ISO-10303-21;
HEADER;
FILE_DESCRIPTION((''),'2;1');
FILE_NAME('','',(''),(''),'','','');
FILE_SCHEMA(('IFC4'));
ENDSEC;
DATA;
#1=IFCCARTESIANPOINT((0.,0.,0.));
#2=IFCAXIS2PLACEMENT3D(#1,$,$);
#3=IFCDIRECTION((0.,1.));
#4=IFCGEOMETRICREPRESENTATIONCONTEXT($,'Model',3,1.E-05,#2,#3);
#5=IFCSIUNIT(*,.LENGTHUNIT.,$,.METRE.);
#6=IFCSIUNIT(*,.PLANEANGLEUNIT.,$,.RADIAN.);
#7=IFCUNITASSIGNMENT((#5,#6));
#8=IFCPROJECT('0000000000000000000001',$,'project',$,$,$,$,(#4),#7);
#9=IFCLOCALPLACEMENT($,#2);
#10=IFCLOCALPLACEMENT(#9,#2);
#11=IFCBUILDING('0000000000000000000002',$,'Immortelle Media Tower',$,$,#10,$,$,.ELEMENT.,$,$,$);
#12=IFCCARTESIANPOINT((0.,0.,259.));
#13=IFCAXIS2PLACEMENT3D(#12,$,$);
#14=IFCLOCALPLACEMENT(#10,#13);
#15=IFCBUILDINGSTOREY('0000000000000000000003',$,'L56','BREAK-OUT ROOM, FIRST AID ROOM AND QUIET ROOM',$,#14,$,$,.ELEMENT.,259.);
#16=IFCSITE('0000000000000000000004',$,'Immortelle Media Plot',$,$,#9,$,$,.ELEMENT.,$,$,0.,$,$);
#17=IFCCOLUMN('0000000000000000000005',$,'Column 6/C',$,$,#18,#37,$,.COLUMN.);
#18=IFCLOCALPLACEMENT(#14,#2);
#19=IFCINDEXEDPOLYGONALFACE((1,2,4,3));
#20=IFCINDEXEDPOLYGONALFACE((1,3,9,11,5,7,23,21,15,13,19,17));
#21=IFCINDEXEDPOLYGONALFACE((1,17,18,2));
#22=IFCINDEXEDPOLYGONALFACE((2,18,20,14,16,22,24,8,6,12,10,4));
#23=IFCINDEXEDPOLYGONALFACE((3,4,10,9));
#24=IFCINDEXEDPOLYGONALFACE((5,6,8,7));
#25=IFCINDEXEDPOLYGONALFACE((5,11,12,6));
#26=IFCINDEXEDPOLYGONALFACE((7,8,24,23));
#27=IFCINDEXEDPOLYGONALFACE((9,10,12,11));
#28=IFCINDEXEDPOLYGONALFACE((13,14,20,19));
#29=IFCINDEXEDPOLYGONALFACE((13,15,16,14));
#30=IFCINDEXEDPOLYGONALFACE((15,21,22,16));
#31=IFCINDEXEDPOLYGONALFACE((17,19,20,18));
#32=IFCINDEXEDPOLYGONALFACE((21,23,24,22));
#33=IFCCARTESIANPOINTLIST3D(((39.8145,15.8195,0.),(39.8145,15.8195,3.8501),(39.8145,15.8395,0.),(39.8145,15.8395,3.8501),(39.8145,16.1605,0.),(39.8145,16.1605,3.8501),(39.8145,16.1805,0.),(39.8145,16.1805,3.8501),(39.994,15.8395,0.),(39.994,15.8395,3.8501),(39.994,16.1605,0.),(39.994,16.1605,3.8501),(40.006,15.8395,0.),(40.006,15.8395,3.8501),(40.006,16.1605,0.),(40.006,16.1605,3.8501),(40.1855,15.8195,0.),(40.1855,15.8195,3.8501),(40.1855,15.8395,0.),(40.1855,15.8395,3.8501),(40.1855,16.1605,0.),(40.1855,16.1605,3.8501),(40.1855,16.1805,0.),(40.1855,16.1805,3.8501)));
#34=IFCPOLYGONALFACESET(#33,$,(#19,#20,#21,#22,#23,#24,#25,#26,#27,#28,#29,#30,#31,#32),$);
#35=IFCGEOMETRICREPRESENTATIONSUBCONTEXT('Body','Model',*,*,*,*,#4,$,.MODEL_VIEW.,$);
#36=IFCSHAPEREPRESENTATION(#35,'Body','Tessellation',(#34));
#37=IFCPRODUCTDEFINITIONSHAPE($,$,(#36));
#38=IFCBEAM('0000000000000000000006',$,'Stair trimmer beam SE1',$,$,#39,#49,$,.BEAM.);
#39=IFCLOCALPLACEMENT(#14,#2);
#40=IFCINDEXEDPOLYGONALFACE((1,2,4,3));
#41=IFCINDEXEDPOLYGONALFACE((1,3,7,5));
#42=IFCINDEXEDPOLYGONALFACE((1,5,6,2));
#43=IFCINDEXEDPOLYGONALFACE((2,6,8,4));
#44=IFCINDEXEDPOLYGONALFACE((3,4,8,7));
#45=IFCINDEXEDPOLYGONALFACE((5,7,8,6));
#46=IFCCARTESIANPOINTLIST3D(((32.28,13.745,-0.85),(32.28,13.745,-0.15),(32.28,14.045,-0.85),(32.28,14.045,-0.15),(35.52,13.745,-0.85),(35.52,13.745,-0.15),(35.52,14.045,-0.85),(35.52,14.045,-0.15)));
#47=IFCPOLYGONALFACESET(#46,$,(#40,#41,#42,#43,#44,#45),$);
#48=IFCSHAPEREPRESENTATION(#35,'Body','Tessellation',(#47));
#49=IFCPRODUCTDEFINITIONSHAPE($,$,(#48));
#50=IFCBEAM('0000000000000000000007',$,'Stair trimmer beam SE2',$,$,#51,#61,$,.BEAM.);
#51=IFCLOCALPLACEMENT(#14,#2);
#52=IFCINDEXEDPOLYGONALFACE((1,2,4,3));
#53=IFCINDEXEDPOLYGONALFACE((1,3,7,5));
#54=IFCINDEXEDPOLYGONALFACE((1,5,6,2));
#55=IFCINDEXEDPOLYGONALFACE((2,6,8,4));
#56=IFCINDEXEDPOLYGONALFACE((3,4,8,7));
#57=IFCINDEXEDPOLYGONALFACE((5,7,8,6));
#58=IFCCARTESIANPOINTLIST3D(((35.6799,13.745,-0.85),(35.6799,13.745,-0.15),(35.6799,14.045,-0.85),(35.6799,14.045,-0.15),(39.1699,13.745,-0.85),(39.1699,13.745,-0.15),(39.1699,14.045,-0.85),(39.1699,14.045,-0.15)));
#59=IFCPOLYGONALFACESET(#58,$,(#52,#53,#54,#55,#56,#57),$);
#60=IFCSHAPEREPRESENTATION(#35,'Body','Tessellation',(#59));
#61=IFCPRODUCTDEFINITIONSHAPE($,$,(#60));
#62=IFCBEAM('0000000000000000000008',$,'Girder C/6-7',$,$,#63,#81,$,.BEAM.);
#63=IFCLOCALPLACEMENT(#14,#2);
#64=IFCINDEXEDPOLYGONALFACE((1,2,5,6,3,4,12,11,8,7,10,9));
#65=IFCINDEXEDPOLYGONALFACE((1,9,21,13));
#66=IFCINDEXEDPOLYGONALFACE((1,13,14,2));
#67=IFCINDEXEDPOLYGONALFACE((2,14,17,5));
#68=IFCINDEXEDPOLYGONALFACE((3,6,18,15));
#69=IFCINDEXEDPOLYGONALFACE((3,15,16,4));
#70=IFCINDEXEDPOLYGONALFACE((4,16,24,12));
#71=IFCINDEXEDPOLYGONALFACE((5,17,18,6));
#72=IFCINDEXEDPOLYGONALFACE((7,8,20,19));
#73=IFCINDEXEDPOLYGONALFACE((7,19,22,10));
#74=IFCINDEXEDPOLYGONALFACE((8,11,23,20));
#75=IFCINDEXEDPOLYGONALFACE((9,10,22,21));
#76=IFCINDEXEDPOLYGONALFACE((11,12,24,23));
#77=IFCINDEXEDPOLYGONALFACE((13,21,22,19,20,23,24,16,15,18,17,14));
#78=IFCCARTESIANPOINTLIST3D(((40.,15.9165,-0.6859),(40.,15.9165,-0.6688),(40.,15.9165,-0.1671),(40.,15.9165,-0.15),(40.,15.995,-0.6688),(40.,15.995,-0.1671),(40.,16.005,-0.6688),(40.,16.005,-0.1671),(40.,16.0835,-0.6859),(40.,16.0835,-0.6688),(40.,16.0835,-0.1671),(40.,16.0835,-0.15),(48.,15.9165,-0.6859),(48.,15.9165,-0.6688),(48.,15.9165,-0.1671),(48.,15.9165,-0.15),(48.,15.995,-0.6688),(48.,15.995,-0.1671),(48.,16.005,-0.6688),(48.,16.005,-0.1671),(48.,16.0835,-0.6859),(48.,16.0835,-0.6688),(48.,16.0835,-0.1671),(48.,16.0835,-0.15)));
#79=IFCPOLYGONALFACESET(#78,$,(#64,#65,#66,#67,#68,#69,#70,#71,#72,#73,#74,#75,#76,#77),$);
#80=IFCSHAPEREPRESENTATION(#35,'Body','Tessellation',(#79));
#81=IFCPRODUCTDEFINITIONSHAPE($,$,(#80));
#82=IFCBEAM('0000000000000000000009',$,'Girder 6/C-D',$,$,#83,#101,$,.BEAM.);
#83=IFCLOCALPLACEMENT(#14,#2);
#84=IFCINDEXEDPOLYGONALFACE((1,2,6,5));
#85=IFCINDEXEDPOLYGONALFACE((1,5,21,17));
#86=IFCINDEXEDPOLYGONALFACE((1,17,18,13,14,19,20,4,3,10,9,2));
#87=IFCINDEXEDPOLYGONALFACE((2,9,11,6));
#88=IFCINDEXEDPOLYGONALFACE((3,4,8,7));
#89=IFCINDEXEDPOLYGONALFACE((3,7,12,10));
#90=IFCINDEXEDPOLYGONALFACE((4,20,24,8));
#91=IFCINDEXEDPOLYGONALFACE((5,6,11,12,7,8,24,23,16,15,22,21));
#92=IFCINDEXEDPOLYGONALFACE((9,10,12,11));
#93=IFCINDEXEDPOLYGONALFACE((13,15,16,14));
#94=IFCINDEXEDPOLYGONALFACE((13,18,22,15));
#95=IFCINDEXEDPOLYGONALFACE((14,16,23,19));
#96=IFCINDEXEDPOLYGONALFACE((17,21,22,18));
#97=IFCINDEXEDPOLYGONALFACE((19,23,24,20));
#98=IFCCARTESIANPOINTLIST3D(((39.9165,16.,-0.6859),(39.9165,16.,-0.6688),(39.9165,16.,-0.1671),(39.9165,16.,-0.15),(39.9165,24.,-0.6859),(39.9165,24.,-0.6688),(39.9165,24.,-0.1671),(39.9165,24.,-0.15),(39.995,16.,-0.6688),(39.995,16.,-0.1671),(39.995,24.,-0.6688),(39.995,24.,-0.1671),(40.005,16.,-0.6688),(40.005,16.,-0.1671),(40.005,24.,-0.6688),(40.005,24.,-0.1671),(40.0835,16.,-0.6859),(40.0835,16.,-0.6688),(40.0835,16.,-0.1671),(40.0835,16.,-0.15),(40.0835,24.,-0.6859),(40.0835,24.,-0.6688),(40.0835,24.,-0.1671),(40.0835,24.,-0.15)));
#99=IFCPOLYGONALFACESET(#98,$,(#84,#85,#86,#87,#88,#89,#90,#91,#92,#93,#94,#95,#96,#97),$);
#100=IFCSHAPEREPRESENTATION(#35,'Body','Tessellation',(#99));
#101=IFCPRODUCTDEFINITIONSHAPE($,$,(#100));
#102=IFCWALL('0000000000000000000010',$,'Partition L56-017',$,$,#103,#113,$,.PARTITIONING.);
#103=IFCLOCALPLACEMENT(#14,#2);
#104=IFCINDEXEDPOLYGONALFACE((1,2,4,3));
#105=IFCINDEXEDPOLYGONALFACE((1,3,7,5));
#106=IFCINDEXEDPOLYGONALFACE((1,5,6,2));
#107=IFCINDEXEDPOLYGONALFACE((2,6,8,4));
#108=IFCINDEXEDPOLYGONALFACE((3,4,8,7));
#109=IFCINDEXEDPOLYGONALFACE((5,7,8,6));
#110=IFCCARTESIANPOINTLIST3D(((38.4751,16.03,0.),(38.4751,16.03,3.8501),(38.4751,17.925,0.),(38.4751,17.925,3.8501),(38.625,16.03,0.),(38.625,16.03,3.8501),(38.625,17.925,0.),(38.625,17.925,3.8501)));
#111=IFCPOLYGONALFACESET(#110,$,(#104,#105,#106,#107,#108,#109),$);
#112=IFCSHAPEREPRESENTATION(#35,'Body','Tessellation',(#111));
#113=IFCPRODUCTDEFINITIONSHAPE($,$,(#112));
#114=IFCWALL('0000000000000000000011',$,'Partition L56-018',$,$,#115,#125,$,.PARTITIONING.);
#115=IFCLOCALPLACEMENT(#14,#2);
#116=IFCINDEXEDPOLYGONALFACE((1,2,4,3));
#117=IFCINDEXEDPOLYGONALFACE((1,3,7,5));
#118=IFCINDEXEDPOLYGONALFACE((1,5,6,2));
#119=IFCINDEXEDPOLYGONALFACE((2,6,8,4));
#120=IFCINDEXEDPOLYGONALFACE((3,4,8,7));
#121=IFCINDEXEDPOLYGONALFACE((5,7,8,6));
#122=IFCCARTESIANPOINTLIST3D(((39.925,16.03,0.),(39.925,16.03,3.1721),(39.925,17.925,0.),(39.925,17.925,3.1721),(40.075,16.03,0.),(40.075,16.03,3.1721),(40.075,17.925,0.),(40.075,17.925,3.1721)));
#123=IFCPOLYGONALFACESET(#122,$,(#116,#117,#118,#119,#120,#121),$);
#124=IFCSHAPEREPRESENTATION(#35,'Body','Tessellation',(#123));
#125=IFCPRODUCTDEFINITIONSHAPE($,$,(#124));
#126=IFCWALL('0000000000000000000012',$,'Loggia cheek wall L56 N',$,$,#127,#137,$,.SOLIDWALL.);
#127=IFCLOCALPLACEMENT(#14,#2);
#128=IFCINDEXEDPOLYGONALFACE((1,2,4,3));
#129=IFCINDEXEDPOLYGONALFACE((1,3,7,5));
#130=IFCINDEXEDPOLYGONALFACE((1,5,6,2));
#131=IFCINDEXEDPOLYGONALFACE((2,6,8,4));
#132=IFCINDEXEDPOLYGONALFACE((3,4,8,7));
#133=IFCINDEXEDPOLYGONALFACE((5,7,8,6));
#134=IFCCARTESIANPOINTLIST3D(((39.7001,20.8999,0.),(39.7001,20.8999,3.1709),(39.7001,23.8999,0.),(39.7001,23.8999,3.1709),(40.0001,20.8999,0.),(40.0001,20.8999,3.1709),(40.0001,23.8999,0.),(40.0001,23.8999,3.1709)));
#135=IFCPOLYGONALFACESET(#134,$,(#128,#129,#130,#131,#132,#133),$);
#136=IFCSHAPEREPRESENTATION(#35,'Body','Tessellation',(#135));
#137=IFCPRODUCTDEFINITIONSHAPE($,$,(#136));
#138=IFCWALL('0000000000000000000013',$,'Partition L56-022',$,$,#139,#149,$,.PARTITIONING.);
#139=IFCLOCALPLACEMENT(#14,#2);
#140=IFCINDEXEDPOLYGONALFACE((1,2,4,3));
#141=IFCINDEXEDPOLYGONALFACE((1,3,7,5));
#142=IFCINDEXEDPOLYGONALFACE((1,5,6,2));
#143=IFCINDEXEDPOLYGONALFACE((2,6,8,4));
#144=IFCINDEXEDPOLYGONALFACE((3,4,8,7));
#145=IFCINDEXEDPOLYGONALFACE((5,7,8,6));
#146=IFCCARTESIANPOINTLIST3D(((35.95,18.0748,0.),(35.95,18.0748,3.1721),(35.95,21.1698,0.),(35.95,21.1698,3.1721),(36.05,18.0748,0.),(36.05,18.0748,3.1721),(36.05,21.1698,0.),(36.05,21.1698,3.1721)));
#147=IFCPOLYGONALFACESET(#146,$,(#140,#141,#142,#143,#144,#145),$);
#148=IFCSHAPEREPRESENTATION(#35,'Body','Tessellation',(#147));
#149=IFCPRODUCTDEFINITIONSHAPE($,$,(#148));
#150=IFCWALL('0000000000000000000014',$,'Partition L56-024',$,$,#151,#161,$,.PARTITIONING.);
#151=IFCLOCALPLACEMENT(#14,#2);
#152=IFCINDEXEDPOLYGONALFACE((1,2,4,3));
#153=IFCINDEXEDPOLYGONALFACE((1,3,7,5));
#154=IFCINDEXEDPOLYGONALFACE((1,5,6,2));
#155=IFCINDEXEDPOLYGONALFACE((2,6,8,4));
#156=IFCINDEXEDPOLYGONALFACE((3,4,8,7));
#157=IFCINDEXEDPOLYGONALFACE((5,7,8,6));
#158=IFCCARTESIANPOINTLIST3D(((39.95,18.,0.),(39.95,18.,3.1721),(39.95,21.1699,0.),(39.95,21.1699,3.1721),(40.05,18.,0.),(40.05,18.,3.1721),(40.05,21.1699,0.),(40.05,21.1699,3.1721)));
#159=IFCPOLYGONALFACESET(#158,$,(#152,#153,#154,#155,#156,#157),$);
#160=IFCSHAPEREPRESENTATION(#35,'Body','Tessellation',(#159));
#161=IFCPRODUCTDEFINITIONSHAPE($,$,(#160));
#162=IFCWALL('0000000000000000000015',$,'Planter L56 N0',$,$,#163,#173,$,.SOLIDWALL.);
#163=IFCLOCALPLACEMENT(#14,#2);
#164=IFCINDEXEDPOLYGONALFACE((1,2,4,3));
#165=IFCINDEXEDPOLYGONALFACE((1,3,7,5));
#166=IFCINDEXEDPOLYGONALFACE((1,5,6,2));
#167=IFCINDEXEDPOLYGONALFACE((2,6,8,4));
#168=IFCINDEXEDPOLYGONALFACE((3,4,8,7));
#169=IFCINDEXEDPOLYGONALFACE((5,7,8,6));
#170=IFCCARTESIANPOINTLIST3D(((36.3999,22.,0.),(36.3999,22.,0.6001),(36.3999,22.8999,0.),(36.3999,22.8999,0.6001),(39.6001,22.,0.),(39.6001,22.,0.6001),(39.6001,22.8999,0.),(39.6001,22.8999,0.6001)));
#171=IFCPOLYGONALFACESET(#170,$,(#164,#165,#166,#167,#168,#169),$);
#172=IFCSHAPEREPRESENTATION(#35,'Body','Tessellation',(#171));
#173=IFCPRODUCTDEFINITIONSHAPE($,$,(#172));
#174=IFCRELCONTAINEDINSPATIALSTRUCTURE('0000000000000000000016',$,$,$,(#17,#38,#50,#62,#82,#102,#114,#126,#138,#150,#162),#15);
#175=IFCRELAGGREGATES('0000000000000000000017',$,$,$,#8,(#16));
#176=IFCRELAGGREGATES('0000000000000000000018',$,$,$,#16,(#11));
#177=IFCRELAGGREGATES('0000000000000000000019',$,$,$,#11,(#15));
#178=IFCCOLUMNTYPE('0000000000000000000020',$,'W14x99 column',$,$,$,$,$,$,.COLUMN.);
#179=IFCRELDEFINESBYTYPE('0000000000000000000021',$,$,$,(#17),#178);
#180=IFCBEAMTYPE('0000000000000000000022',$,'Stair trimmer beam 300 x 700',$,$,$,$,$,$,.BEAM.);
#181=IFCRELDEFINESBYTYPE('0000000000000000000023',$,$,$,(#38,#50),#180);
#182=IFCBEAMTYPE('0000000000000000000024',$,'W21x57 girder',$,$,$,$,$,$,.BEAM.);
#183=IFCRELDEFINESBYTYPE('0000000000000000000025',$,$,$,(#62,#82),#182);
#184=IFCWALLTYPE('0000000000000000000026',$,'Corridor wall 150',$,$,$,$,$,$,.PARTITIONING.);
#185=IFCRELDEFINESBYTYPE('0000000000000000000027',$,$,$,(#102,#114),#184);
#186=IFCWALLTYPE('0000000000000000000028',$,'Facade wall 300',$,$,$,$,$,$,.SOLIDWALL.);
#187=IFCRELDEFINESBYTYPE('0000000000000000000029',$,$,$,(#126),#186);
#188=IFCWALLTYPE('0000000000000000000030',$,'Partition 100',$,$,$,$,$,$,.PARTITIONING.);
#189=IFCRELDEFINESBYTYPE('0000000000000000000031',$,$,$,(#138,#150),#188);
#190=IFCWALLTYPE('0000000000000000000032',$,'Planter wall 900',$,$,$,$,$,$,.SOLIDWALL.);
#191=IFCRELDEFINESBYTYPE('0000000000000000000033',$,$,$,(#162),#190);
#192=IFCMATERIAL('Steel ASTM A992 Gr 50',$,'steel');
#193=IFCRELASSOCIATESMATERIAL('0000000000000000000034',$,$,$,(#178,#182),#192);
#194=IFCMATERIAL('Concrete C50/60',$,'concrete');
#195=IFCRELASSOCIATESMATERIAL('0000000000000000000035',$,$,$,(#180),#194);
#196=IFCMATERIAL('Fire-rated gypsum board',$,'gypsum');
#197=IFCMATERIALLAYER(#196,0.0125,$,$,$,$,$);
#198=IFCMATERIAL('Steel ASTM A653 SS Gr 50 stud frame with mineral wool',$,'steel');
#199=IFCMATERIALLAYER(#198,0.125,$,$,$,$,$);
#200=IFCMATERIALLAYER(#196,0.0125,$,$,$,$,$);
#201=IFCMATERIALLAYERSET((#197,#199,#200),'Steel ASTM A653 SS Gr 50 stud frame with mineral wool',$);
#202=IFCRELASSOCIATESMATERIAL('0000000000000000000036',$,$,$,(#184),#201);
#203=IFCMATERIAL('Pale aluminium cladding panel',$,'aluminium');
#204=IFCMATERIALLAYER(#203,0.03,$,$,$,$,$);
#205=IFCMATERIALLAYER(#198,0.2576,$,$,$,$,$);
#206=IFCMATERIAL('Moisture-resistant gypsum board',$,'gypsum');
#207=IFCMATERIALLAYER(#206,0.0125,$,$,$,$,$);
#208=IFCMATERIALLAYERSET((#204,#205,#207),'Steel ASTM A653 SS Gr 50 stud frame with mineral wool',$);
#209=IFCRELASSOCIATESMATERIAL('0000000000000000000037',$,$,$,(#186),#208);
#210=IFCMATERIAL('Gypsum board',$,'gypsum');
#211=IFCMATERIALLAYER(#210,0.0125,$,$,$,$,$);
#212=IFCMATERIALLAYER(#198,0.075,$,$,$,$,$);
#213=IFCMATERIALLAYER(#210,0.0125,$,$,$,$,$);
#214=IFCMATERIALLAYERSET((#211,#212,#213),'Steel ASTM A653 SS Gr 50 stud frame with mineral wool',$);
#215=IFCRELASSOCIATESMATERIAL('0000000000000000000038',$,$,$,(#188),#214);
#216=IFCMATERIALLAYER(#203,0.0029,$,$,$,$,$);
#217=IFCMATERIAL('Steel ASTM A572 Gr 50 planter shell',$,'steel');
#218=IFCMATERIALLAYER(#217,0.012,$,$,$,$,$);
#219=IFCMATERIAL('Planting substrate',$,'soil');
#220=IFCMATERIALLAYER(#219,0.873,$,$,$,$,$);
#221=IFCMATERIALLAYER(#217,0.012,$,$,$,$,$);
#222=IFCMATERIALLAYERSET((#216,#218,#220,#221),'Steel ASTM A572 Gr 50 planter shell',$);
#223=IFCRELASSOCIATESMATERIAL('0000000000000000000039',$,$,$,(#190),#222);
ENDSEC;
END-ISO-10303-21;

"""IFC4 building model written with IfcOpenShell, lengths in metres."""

from ifc_helpers import new_model, si_unit, direction, frame, frame_2d, origin, origin_2d, place, context, subcontext, project, spatial, rectangle, i_section, extrude, material, layer, layer_set, material_profile, profile_set, type_object, element, save


model = new_model("IFC4")

# Units and contexts
model_context = context("Model", 3, precision=1e-05, world=origin(), true_north=direction((0.0, 1.0)))
body_context = subcontext(model_context, "Body", "Model", "MODEL_VIEW")
ifc_project = project(units=[si_unit("LENGTHUNIT", "METRE"), si_unit("PLANEANGLEUNIT", "RADIAN")], contexts=[model_context])

# Site, building, storey
site_placement = place(None, origin())
site = spatial("IfcSite", under=ifc_project, at=site_placement, Name="Immortelle Media Plot", CompositionType="ELEMENT", RefElevation=0.0)
building_placement = place(site_placement, origin())
building = spatial("IfcBuilding", under=site, at=building_placement, Name="Immortelle Media Tower", CompositionType="ELEMENT")
storey_placement = place(building_placement, frame((0.0, 0.0, 259.0)))
storey = spatial("IfcBuildingStorey", under=building, at=storey_placement, Name="L56", Description="BREAK-OUT ROOM, FIRST AID ROOM AND QUIET ROOM", CompositionType="ELEMENT", Elevation=259.0)

# Column
ifc_material_1 = material(Name="Steel ASTM A992 Gr 50", Category="steel")
ifc_material_profile_1 = material_profile(ifc_material_1, i_section(OverallWidth=0.3711, OverallDepth=0.3611, WebThickness=0.012, FlangeThickness=0.02, at=origin_2d()), Name="W14x99")
ifc_profile_set_1 = profile_set([ifc_material_profile_1], Name="Steel ASTM A992 Gr 50")
column_type = type_object("IfcColumnType", Name="W14x99 column", PredefinedType="COLUMN", material=ifc_profile_set_1)
column_placement = place(storey_placement, frame((40.0, 16.0, 0.0), z_axis=(0.0, 0.0, 1.0), x_axis=(1.0, 0.0, 0.0)))
element("IfcColumn", 1, at=column_placement, inside=storey, type_object=column_type, Name="Column 6/C", PredefinedType="COLUMN", context=body_context, shape_type="SweptSolid", body=[
    extrude(i_section(OverallWidth=0.3711, OverallDepth=0.3611, WebThickness=0.012, FlangeThickness=0.02, at=origin_2d()), origin(), (0.0, 0.0, 1.0), 3.8501),
])

# Beams
ifc_material_2 = material(Name="Concrete C50/60", Category="concrete")
ifc_material_profile_2 = material_profile(ifc_material_2, rectangle(XDim=0.3, YDim=0.7, at=origin_2d()), Name="RC 300x700")
ifc_profile_set_2 = profile_set([ifc_material_profile_2], Name="Concrete C50/60")
beam_type_1 = type_object("IfcBeamType", Name="Stair trimmer beam 300 x 700", PredefinedType="BEAM", material=ifc_profile_set_2)
beam_1_placement = place(storey_placement, frame((32.28, 13.895, -0.5), z_axis=(1.0, 0.0, 0.0), x_axis=(0.0, 1.0, 0.0)))
element("IfcBeam", 2, at=beam_1_placement, inside=storey, type_object=beam_type_1, Name="Stair trimmer beam SE1", PredefinedType="BEAM", context=body_context, shape_type="SweptSolid", body=[
    extrude(rectangle(XDim=0.3, YDim=0.7, at=origin_2d()), origin(), (0.0, 0.0, 1.0), 3.24),
])
beam_2_placement = place(storey_placement, frame((35.6799, 13.895, -0.5), z_axis=(1.0, 0.0, 0.0), x_axis=(0.0, 1.0, 0.0)))
element("IfcBeam", 3, at=beam_2_placement, inside=storey, type_object=beam_type_1, Name="Stair trimmer beam SE2", PredefinedType="BEAM", context=body_context, shape_type="SweptSolid", body=[
    extrude(rectangle(XDim=0.3, YDim=0.7, at=origin_2d()), origin(), (0.0, 0.0, 1.0), 3.49),
])
ifc_material_profile_3 = material_profile(ifc_material_1, i_section(OverallWidth=0.167, OverallDepth=0.5359, WebThickness=0.01, FlangeThickness=0.0171, at=origin_2d()), Name="W21x57")
ifc_profile_set_3 = profile_set([ifc_material_profile_3], Name="Steel ASTM A992 Gr 50")
beam_type_2 = type_object("IfcBeamType", Name="W21x57 girder", PredefinedType="BEAM", material=ifc_profile_set_3)
for number, where, z_axis, x_axis, name in (
    (4, (40.0, 16.0, -0.418), (1.0, 0.0, 0.0), (0.0, 1.0, 0.0), "Girder C/6-7"),
    (5, (40.0, 16.0, -0.418), (0.0, 1.0, 0.0), (-1.0, 0.0, 0.0), "Girder 6/C-D"),
):
    element("IfcBeam", number, at=place(storey_placement, frame(where, z_axis=z_axis, x_axis=x_axis)), inside=storey, type_object=beam_type_2, Name=name, PredefinedType="BEAM", context=body_context, shape_type="SweptSolid", body=[
        extrude(i_section(OverallWidth=0.167, OverallDepth=0.5359, WebThickness=0.01, FlangeThickness=0.0171, at=origin_2d()), origin(), (0.0, 0.0, 1.0), 8.0),
    ])

# Walls
ifc_material_3 = material(Name="Fire-rated gypsum board", Category="gypsum")
ifc_layer_1 = layer(ifc_material_3, 0.0125)
ifc_material_4 = material(Name="Steel ASTM A653 SS Gr 50 stud frame with mineral wool", Category="steel")
ifc_layer_2 = layer(ifc_material_4, 0.125)
ifc_layer_3 = layer(ifc_material_3, 0.0125)
ifc_layer_set_1 = layer_set([ifc_layer_1, ifc_layer_2, ifc_layer_3], Name="Steel ASTM A653 SS Gr 50 stud frame with mineral wool")
wall_type_1 = type_object("IfcWallType", Name="Corridor wall 150", PredefinedType="PARTITIONING", material=ifc_layer_set_1)
wall_1_placement = place(storey_placement, frame((38.55, 16.03, 0.0), z_axis=(0.0, 0.0, 1.0), x_axis=(0.0, 1.0, 0.0)))
element("IfcWall", 6, at=wall_1_placement, inside=storey, type_object=wall_type_1, Name="Partition L56-017", PredefinedType="PARTITIONING", context=body_context, shape_type="SweptSolid", body=[
    extrude(rectangle(XDim=1.895, YDim=0.1499, at=frame_2d((0.9475, 0.0))), origin(), (0.0, 0.0, 1.0), 3.8501),
])
wall_2_placement = place(storey_placement, frame((40.0, 16.03, 0.0), z_axis=(0.0, 0.0, 1.0), x_axis=(0.0, 1.0, 0.0)))
element("IfcWall", 7, at=wall_2_placement, inside=storey, type_object=wall_type_1, Name="Partition L56-018", PredefinedType="PARTITIONING", context=body_context, shape_type="SweptSolid", body=[
    extrude(rectangle(XDim=1.895, YDim=0.1499, at=frame_2d((0.9475, 0.0))), origin(), (0.0, 0.0, 1.0), 3.1721),
])

# Shared definitions
ifc_material_5 = material(Name="Pale aluminium cladding panel", Category="aluminium")
ifc_layer_4 = layer(ifc_material_5, 0.03)
ifc_layer_5 = layer(ifc_material_4, 0.2576)
ifc_material_6 = material(Name="Moisture-resistant gypsum board", Category="gypsum")
ifc_layer_6 = layer(ifc_material_6, 0.0125)
ifc_layer_set_2 = layer_set([ifc_layer_4, ifc_layer_5, ifc_layer_6], Name="Steel ASTM A653 SS Gr 50 stud frame with mineral wool")
wall_type_2 = type_object("IfcWallType", Name="Facade wall 300", PredefinedType="SOLIDWALL", material=ifc_layer_set_2)

# Walls
wall_3_placement = place(storey_placement, frame((39.8501, 23.8999, 0.0), z_axis=(0.0, 0.0, 1.0), x_axis=(0.0, -1.0, 0.0)))
element("IfcWall", 8, at=wall_3_placement, inside=storey, type_object=wall_type_2, Name="Loggia cheek wall L56 N", PredefinedType="SOLIDWALL", context=body_context, shape_type="SweptSolid", body=[
    extrude(rectangle(XDim=3.0, YDim=0.3, at=frame_2d((1.5, 0.0))), origin(), (0.0, 0.0, 1.0), 3.1709),
])
ifc_material_7 = material(Name="Gypsum board", Category="gypsum")
ifc_layer_7 = layer(ifc_material_7, 0.0125)
ifc_layer_8 = layer(ifc_material_4, 0.075)
ifc_layer_9 = layer(ifc_material_7, 0.0125)
ifc_layer_set_3 = layer_set([ifc_layer_7, ifc_layer_8, ifc_layer_9], Name="Steel ASTM A653 SS Gr 50 stud frame with mineral wool")
wall_type_3 = type_object("IfcWallType", Name="Partition 100", PredefinedType="PARTITIONING", material=ifc_layer_set_3)
wall_4_placement = place(storey_placement, frame((36.0, 18.075, 0.0), z_axis=(0.0, 0.0, 1.0), x_axis=(0.0, 1.0, 0.0)))
element("IfcWall", 9, at=wall_4_placement, inside=storey, type_object=wall_type_3, Name="Partition L56-022", PredefinedType="PARTITIONING", context=body_context, shape_type="SweptSolid", body=[
    extrude(rectangle(XDim=3.095, YDim=0.1001, at=frame_2d((1.5474, 0.0))), origin(), (0.0, 0.0, 1.0), 3.1721),
])
wall_5_placement = place(storey_placement, frame((40.0, 18.0, 0.0), z_axis=(0.0, 0.0, 1.0), x_axis=(0.0, 1.0, 0.0)))
element("IfcWall", 10, at=wall_5_placement, inside=storey, type_object=wall_type_3, Name="Partition L56-024", PredefinedType="PARTITIONING", context=body_context, shape_type="SweptSolid", body=[
    extrude(rectangle(XDim=3.1699, YDim=0.1001, at=frame_2d((1.585, 0.0))), origin(), (0.0, 0.0, 1.0), 3.1721),
])
ifc_layer_10 = layer(ifc_material_5, 0.0029)
ifc_material_8 = material(Name="Steel ASTM A572 Gr 50 planter shell", Category="steel")
ifc_layer_11 = layer(ifc_material_8, 0.012)
ifc_material_9 = material(Name="Planting substrate", Category="soil")
ifc_layer_12 = layer(ifc_material_9, 0.873)
ifc_layer_13 = layer(ifc_material_8, 0.012)
ifc_layer_set_4 = layer_set([ifc_layer_10, ifc_layer_11, ifc_layer_12, ifc_layer_13], Name="Steel ASTM A572 Gr 50 planter shell")
wall_type_4 = type_object("IfcWallType", Name="Planter wall 900", PredefinedType="SOLIDWALL", material=ifc_layer_set_4)
wall_6_placement = place(storey_placement, frame((39.6001, 22.45, 0.0), z_axis=(0.0, 0.0, 1.0), x_axis=(-1.0, 0.0, 0.0)))
element("IfcWall", 11, at=wall_6_placement, inside=storey, type_object=wall_type_4, Name="Planter L56 N0", PredefinedType="SOLIDWALL", context=body_context, shape_type="SweptSolid", body=[
    extrude(rectangle(XDim=3.2002, YDim=0.8999, at=frame_2d((1.6001, 0.0))), origin(), (0.0, 0.0, 1.0), 0.6001),
])

save(model, "model.ifc")
